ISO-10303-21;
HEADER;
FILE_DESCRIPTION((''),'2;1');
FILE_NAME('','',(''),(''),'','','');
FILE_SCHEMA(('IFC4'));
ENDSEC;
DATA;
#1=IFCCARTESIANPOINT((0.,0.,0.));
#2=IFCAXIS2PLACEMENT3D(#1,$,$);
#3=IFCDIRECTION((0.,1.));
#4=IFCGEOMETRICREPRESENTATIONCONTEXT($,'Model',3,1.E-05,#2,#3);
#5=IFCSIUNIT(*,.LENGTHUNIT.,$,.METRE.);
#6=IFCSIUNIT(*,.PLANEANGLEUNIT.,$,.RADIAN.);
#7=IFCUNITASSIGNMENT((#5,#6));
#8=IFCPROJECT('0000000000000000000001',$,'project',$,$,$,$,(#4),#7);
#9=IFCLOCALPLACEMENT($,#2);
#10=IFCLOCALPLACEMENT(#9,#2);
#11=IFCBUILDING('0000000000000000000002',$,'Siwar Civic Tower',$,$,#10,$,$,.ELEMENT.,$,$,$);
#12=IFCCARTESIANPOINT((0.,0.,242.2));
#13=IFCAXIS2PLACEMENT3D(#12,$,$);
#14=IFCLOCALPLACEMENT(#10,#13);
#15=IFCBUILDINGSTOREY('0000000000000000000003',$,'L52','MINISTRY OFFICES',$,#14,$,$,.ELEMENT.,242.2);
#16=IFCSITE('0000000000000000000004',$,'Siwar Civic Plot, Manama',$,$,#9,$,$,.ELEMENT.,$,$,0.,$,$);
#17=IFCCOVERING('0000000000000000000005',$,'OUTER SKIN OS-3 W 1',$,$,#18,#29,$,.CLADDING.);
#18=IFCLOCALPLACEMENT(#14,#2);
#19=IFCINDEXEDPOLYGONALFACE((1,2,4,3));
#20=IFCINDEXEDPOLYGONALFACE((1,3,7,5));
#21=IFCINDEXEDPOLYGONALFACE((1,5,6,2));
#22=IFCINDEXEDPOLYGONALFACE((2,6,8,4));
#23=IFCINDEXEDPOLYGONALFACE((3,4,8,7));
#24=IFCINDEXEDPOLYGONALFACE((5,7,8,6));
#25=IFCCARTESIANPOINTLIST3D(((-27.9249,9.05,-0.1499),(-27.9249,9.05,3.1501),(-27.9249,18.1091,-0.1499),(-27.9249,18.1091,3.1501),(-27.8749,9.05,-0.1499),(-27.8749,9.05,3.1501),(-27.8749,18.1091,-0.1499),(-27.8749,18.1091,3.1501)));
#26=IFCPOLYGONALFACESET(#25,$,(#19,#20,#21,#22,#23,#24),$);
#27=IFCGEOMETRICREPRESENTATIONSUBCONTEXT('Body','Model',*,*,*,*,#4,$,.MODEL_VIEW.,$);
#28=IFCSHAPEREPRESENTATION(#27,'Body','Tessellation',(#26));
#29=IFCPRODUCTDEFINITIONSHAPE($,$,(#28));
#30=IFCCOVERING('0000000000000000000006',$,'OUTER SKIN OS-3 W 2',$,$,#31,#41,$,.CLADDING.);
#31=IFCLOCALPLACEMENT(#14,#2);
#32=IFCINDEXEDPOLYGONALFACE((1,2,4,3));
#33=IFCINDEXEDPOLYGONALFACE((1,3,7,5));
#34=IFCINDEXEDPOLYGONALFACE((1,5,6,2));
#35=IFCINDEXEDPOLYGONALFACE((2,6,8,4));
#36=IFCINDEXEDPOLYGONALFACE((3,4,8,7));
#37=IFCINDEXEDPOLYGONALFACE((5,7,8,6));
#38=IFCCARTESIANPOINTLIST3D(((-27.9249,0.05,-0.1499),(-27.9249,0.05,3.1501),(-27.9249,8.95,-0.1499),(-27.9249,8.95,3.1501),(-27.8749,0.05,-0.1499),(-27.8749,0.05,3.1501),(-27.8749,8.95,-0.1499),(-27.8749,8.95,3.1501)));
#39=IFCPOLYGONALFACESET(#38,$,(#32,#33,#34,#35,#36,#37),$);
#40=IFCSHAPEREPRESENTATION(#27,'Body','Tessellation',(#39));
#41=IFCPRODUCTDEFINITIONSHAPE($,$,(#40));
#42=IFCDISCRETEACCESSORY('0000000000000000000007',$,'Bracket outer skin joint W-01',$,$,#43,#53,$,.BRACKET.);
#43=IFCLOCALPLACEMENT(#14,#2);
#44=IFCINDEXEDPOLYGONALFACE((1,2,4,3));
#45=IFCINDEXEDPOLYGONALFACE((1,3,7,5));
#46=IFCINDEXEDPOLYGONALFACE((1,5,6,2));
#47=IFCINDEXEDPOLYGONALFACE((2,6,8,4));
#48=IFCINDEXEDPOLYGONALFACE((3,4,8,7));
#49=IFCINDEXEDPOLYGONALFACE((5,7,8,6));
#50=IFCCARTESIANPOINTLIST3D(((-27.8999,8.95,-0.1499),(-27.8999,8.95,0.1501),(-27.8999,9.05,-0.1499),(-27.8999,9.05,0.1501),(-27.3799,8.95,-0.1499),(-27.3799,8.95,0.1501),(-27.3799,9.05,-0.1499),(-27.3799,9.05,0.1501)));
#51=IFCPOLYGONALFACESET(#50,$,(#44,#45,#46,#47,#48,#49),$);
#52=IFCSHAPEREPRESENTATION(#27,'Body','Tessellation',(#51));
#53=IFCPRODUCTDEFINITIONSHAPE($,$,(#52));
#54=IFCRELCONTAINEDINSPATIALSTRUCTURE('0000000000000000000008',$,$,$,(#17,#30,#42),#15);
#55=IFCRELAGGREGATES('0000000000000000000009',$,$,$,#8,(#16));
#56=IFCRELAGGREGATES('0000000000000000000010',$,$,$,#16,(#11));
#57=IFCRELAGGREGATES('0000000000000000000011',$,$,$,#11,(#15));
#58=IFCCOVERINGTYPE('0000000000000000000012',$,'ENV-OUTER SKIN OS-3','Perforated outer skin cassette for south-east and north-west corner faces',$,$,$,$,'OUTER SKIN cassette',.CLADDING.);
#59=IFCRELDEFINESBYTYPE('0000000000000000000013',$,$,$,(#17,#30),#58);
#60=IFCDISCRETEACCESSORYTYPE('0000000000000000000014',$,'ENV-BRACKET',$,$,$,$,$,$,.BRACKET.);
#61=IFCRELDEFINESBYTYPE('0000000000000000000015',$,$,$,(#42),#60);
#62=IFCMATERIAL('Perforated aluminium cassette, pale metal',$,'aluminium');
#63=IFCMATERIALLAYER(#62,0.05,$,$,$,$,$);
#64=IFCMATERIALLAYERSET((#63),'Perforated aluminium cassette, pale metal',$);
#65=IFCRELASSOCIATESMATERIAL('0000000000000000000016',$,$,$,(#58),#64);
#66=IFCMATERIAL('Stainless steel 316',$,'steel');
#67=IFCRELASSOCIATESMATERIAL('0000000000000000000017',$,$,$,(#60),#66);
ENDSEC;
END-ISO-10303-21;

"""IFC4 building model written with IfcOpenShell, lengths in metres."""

from ifc_helpers import new_model, si_unit, direction, frame, origin, origin_2d, place, context, subcontext, project, spatial, rectangle, extrude, material, layer, layer_set, type_object, element, save


model = new_model("IFC4")

# Units and contexts
model_context = context("Model", 3, precision=1e-05, world=origin(), true_north=direction((0.0, 1.0)))
body_context = subcontext(model_context, "Body", "Model", "MODEL_VIEW")
ifc_project = project(units=[si_unit("LENGTHUNIT", "METRE"), si_unit("PLANEANGLEUNIT", "RADIAN")], contexts=[model_context])

# Site, building, storey
site_placement = place(None, origin())
site = spatial("IfcSite", under=ifc_project, at=site_placement, Name="Siwar Civic Plot, Manama", CompositionType="ELEMENT", RefElevation=0.0)
building_placement = place(site_placement, origin())
building = spatial("IfcBuilding", under=site, at=building_placement, Name="Siwar Civic Tower", CompositionType="ELEMENT")
storey_placement = place(building_placement, frame((0.0, 0.0, 242.2)))
storey = spatial("IfcBuildingStorey", under=building, at=storey_placement, Name="L52", Description="MINISTRY OFFICES", CompositionType="ELEMENT", Elevation=242.2)

# Coverings
ifc_material_1 = material(Name="Perforated aluminium cassette, pale metal", Category="aluminium")
ifc_layer_1 = layer(ifc_material_1, 0.05)
ifc_layer_set_1 = layer_set([ifc_layer_1], Name="Perforated aluminium cassette, pale metal")
covering_type = type_object("IfcCoveringType", Name="ENV-OUTER SKIN OS-3", Description="Perforated outer skin cassette for south-east and north-west corner faces", ElementType="OUTER SKIN cassette", PredefinedType="CLADDING", material=ifc_layer_set_1)
covering_1_placement = place(storey_placement, frame((-27.8999, 13.5796, -0.1499), z_axis=(0.0, 0.0, 1.0), x_axis=(0.0, -1.0, 0.0)))
element("IfcCovering", 1, at=covering_1_placement, inside=storey, type_object=covering_type, Name="OUTER SKIN OS-3 W 1", PredefinedType="CLADDING", context=body_context, shape_type="SweptSolid", body=[
    extrude(rectangle(XDim=9.0591, YDim=0.05, at=origin_2d()), origin(), (0.0, 0.0, 1.0), 3.3),
])
covering_2_placement = place(storey_placement, frame((-27.8999, 4.5, -0.1499), z_axis=(0.0, 0.0, 1.0), x_axis=(0.0, -1.0, 0.0)))
element("IfcCovering", 2, at=covering_2_placement, inside=storey, type_object=covering_type, Name="OUTER SKIN OS-3 W 2", PredefinedType="CLADDING", context=body_context, shape_type="SweptSolid", body=[
    extrude(rectangle(XDim=8.8999, YDim=0.05, at=origin_2d()), origin(), (0.0, 0.0, 1.0), 3.3),
])

# Discrete accessory
ifc_material_2 = material(Name="Stainless steel 316", Category="steel")
discrete_accessory_type = type_object("IfcDiscreteAccessoryType", Name="ENV-BRACKET", PredefinedType="BRACKET", material=ifc_material_2)
discrete_accessory_placement = place(storey_placement, frame((-27.6399, 9.0, -0.1499), z_axis=(0.0, 0.0, 1.0), x_axis=(-1.0, 0.0, 0.0)))
element("IfcDiscreteAccessory", 3, at=discrete_accessory_placement, inside=storey, type_object=discrete_accessory_type, Name="Bracket outer skin joint W-01", PredefinedType="BRACKET", context=body_context, shape_type="SweptSolid", body=[
    extrude(rectangle(XDim=0.52, YDim=0.1001, at=origin_2d()), origin(), (0.0, 0.0, 1.0), 0.3),
])

save(model, "model.ifc")
